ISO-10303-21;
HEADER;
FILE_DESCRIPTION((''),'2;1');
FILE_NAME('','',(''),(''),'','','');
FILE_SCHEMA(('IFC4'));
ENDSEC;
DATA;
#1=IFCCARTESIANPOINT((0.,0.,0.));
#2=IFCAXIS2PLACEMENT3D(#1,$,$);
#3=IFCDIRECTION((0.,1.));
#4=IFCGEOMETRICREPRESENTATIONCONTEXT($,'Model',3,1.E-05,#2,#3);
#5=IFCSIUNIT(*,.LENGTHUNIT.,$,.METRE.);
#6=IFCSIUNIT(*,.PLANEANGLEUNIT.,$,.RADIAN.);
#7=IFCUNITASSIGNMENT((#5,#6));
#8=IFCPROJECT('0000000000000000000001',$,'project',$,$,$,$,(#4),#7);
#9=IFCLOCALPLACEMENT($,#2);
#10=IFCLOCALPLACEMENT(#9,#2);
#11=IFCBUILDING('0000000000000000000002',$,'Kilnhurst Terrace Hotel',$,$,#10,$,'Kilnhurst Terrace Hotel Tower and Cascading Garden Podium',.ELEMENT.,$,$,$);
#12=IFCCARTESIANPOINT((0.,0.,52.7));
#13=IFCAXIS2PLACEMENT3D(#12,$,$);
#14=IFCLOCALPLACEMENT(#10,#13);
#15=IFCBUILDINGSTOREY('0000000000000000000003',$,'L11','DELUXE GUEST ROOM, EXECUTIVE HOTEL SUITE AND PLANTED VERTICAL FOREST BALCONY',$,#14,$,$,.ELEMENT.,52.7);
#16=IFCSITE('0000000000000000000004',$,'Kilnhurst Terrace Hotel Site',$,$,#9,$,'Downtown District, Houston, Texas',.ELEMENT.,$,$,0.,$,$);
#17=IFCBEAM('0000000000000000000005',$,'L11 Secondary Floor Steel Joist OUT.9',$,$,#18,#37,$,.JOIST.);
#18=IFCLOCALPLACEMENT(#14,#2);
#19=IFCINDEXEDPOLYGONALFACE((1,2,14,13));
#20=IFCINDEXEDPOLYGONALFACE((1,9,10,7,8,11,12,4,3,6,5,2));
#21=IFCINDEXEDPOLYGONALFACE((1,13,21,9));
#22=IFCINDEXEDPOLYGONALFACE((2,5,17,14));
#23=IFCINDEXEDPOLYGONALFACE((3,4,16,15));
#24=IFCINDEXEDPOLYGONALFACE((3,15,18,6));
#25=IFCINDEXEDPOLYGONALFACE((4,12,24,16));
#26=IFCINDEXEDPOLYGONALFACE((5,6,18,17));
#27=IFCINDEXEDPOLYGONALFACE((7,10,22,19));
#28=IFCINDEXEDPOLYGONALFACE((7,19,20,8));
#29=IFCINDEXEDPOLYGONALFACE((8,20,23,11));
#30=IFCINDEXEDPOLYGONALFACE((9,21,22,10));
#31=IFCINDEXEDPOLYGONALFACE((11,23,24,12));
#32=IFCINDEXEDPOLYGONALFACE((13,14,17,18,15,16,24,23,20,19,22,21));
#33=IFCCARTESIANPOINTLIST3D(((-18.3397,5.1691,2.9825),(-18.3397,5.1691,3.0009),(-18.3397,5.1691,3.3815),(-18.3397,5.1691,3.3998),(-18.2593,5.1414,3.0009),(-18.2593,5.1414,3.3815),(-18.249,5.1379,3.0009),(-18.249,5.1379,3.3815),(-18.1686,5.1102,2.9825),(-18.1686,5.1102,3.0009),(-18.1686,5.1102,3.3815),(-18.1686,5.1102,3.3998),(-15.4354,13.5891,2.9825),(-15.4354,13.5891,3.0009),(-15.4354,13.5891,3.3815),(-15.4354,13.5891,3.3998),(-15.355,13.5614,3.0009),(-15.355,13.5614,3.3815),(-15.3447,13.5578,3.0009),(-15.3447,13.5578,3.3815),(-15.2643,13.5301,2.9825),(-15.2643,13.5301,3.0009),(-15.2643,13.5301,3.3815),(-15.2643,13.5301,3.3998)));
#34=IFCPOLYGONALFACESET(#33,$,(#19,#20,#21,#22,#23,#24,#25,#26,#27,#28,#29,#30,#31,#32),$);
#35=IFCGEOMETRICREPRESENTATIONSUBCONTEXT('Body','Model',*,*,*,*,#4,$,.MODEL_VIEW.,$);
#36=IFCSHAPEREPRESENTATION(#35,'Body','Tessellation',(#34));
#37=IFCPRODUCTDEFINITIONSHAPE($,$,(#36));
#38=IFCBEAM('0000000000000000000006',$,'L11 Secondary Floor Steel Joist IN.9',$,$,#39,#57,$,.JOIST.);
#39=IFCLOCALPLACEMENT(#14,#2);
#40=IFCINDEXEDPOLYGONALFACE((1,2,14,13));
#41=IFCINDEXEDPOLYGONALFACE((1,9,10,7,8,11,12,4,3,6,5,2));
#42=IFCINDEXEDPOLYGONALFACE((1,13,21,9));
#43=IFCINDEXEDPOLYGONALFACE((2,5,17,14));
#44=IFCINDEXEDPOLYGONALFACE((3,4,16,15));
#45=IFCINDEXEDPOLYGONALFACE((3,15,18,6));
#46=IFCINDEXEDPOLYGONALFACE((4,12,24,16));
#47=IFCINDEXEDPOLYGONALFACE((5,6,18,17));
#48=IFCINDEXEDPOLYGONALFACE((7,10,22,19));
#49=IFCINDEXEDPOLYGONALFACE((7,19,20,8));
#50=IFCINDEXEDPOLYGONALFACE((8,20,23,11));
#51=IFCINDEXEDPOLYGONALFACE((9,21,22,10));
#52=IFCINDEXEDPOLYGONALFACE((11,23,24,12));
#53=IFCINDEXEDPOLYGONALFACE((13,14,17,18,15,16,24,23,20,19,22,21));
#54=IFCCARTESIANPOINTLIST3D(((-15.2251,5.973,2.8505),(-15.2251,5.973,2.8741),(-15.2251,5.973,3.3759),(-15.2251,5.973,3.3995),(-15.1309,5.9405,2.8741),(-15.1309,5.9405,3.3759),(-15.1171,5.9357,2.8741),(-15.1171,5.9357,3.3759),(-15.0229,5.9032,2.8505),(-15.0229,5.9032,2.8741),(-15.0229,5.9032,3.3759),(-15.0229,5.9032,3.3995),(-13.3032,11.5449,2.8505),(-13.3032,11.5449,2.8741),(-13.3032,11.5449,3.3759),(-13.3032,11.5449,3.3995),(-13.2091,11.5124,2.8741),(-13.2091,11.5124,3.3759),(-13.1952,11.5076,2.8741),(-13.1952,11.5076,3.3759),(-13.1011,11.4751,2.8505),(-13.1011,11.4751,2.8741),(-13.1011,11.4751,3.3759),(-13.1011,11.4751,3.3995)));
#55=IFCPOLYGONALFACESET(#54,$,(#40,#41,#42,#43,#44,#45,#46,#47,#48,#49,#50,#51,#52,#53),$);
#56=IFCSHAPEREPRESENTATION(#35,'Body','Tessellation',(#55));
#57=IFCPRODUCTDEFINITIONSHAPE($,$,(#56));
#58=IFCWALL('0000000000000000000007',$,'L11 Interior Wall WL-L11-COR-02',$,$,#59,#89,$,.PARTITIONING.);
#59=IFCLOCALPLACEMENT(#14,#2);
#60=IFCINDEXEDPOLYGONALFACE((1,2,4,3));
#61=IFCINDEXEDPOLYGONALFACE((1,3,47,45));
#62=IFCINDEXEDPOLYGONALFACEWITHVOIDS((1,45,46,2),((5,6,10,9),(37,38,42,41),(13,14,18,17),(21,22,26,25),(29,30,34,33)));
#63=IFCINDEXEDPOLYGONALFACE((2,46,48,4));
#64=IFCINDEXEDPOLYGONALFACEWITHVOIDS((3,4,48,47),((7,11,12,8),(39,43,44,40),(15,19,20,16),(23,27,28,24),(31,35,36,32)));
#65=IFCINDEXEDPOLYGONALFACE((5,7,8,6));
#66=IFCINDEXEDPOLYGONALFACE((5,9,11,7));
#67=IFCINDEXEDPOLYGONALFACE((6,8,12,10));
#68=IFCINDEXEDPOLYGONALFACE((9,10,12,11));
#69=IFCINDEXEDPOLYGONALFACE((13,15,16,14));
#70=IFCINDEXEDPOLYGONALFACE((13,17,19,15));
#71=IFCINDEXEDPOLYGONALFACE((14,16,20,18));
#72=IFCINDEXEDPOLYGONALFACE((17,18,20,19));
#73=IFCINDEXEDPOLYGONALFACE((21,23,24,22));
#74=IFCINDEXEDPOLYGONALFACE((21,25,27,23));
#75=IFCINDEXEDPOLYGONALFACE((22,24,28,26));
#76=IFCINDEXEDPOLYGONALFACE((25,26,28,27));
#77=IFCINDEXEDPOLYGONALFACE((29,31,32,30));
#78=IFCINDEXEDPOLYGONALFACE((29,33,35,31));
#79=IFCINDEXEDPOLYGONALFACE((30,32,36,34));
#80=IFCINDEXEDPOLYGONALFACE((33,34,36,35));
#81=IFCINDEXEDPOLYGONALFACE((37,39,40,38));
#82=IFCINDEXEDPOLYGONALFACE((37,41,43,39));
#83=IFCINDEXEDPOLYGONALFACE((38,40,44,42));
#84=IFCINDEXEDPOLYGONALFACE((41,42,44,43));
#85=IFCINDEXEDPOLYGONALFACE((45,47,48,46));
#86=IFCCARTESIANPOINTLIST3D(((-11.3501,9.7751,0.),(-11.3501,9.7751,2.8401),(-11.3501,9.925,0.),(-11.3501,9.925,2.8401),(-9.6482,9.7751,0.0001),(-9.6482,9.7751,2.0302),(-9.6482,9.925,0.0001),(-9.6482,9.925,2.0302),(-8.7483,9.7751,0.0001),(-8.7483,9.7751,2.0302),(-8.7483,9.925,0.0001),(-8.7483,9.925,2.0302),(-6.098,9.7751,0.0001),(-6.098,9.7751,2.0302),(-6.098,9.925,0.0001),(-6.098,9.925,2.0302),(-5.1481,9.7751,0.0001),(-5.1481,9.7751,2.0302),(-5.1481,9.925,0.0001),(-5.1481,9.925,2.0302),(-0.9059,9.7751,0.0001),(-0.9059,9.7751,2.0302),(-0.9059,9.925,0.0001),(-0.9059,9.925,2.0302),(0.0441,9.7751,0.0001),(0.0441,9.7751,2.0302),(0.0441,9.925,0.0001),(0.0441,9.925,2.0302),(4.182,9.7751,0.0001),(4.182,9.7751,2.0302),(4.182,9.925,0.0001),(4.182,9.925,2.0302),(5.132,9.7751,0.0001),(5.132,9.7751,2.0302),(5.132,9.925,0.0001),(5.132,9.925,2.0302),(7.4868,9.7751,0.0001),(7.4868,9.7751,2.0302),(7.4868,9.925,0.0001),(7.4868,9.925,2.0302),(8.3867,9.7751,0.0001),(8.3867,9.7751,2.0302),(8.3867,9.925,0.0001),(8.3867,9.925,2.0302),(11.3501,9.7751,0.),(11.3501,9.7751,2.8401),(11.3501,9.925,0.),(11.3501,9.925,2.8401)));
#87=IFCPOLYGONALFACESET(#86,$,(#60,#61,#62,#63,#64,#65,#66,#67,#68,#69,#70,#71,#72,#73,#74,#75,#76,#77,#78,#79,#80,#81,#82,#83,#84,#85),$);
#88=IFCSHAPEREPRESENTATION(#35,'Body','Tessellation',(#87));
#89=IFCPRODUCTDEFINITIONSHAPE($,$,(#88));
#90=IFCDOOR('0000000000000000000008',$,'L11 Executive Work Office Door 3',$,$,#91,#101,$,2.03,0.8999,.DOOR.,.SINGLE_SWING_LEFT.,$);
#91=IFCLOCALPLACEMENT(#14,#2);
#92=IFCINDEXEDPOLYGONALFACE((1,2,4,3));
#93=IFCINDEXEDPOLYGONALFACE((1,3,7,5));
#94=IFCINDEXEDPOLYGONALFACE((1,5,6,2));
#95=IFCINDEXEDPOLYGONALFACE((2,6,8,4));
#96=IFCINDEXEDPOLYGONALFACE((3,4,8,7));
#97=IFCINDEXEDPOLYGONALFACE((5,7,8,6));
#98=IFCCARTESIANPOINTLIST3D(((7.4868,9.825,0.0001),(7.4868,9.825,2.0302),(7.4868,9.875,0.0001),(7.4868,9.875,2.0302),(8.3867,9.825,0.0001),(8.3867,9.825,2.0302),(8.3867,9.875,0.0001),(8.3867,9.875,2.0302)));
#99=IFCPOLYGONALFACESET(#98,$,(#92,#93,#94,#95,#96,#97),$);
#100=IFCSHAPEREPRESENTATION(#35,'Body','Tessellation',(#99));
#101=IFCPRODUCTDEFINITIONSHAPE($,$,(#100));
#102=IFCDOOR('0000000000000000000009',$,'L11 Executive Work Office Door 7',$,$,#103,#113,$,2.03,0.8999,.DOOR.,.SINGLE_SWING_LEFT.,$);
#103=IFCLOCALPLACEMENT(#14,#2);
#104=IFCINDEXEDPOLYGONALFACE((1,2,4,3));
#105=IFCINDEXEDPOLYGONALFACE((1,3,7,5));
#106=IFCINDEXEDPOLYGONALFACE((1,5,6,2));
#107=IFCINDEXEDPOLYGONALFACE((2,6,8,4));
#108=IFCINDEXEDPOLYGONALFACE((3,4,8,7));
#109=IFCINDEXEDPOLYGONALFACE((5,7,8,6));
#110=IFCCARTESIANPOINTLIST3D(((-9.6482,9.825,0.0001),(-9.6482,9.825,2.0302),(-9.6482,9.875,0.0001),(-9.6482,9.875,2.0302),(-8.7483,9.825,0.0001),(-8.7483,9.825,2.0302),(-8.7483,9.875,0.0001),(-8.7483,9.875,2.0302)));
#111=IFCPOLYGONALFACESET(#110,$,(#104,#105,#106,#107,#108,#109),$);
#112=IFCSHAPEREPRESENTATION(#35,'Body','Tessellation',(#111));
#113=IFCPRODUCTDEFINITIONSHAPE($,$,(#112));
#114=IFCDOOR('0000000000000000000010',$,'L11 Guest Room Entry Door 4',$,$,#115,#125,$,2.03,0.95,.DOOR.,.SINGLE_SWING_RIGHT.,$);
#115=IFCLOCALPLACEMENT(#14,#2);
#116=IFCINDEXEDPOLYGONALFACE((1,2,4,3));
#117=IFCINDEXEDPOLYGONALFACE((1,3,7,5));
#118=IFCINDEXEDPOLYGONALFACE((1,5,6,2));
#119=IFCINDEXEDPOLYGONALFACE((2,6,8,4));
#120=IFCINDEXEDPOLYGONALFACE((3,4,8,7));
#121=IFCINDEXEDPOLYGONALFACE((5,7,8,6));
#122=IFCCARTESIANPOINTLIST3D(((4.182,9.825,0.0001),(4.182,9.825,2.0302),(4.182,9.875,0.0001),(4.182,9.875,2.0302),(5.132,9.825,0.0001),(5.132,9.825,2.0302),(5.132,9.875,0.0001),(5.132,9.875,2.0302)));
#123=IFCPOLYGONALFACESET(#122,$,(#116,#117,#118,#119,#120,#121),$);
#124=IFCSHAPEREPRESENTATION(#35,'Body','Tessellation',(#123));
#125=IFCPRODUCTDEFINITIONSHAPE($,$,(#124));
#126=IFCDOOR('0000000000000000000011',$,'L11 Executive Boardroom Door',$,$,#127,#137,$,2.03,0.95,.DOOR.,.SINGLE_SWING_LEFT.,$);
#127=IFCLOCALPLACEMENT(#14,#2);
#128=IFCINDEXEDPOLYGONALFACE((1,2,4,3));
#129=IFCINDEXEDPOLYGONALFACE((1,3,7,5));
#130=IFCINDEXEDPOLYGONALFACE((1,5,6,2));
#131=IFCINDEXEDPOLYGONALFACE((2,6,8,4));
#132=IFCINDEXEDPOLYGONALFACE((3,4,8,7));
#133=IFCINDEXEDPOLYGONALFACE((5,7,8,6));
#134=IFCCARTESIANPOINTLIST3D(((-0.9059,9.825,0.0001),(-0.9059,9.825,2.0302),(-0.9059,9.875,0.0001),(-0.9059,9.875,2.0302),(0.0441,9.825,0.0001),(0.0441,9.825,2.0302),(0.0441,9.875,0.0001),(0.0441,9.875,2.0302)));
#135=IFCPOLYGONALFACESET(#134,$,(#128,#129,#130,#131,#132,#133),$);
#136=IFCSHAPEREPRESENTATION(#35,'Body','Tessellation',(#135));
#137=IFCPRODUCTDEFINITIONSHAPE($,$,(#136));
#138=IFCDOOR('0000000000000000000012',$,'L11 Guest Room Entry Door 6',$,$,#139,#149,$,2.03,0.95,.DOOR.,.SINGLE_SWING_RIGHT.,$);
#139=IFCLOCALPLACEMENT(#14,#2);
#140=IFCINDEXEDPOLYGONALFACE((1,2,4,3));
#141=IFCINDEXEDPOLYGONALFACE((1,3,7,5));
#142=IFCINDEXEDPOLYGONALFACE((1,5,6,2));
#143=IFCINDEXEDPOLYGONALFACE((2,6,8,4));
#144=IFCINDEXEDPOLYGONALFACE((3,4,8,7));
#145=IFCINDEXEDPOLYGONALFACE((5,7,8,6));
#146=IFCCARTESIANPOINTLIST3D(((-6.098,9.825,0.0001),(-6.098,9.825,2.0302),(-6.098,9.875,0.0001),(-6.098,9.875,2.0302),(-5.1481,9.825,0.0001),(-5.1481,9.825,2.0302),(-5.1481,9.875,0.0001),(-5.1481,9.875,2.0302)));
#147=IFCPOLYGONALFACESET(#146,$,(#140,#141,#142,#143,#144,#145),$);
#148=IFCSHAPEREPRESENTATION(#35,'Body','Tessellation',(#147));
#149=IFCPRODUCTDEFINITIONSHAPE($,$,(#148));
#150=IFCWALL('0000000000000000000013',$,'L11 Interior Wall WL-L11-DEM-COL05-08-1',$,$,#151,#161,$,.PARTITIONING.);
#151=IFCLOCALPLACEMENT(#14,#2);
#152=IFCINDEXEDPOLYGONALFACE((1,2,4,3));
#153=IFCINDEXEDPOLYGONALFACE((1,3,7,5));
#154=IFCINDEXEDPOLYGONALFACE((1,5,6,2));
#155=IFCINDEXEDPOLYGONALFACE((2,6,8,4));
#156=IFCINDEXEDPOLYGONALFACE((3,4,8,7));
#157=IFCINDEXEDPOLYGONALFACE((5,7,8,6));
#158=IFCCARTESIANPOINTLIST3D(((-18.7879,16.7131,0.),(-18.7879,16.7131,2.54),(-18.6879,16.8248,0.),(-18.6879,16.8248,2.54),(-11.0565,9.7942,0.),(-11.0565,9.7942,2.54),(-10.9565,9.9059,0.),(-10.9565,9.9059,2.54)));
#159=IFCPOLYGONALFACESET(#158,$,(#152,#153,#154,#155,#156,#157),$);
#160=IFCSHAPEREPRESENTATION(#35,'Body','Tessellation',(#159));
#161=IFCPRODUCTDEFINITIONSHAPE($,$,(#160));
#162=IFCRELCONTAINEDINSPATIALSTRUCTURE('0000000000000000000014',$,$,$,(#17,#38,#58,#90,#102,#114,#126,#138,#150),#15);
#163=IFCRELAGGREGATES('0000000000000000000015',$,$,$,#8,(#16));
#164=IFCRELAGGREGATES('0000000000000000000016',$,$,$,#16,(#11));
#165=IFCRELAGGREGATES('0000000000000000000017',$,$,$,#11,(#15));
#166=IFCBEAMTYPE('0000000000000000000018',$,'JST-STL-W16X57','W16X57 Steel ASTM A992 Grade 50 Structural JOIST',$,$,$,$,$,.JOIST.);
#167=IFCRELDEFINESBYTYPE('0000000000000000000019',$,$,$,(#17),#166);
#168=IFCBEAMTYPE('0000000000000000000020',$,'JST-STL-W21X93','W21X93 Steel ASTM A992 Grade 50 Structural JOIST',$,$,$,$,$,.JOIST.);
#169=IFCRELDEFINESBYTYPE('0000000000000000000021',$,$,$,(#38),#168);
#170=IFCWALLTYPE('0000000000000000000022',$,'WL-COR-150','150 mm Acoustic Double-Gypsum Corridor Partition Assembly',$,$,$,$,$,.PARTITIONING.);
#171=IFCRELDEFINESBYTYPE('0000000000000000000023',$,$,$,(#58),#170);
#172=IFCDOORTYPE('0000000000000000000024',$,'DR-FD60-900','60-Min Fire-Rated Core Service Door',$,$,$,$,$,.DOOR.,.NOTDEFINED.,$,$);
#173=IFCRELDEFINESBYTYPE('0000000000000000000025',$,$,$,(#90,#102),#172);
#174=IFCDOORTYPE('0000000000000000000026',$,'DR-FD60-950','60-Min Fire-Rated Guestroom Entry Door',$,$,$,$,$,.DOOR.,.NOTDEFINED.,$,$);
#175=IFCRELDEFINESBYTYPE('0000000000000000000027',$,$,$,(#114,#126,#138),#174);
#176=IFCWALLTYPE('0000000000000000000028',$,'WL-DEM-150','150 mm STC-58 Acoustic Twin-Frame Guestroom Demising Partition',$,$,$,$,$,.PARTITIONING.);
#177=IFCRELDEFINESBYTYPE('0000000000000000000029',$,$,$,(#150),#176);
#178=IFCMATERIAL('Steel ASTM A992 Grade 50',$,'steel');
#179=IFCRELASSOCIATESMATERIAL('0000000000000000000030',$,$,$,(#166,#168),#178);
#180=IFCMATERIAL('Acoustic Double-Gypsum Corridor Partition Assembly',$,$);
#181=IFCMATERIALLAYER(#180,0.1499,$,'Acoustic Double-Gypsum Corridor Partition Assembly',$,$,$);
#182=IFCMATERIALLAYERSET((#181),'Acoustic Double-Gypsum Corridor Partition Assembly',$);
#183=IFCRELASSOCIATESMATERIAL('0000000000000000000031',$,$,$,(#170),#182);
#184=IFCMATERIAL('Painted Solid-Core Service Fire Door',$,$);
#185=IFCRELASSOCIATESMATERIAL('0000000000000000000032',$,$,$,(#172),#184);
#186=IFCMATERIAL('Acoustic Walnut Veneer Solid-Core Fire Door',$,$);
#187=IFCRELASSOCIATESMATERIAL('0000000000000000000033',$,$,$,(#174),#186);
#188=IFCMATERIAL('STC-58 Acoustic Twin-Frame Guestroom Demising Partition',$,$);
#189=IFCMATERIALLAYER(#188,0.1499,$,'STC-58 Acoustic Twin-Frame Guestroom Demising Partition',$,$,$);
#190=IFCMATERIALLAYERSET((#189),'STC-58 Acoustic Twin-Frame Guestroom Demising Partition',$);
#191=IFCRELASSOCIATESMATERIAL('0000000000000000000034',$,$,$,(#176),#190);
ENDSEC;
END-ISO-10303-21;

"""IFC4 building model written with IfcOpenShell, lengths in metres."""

from ifc_helpers import new_model, si_unit, direction, frame, frame_2d, origin, origin_2d, place, context, subcontext, project, spatial, rectangle, i_section, extrude, material, layer, layer_set, material_profile, profile_set, type_object, element, fill, save


model = new_model("IFC4")

# Units and contexts
model_context = context("Model", 3, precision=1e-05, world=origin(), true_north=direction((0.0, 1.0)))
body_context = subcontext(model_context, "Body", "Model", "MODEL_VIEW")
ifc_project = project(units=[si_unit("LENGTHUNIT", "METRE"), si_unit("PLANEANGLEUNIT", "RADIAN")], contexts=[model_context])

# Site, building, storey
site_placement = place(None, origin())
site = spatial("IfcSite", under=ifc_project, at=site_placement, Name="Kilnhurst Terrace Hotel Site", LongName="Downtown District, Houston, Texas", CompositionType="ELEMENT", RefElevation=0.0)
building_placement = place(site_placement, origin())
building = spatial("IfcBuilding", under=site, at=building_placement, Name="Kilnhurst Terrace Hotel", LongName="Kilnhurst Terrace Hotel Tower and Cascading Garden Podium", CompositionType="ELEMENT")
storey_placement = place(building_placement, frame((0.0, 0.0, 52.7)))
storey = spatial("IfcBuildingStorey", under=building, at=storey_placement, Name="L11", Description="DELUXE GUEST ROOM, EXECUTIVE HOTEL SUITE AND PLANTED VERTICAL FOREST BALCONY", CompositionType="ELEMENT", Elevation=52.7)

# Beams
ifc_material_1 = material(Name="Steel ASTM A992 Grade 50", Category="steel")
ifc_material_profile_1 = material_profile(ifc_material_1, i_section(OverallWidth=0.1809, OverallDepth=0.4172, WebThickness=0.011, FlangeThickness=0.0183, at=origin_2d()), Name="W16X57")
ifc_profile_set_1 = profile_set([ifc_material_profile_1], Name="Steel ASTM A992 Grade 50")
beam_type_1 = type_object("IfcBeamType", Name="JST-STL-W16X57", Description="W16X57 Steel ASTM A992 Grade 50 Structural JOIST", PredefinedType="JOIST", material=ifc_profile_set_1)
beam_1_placement = place(storey_placement, frame((-15.3499, 13.5596, 3.1912), z_axis=(-0.326079, -0.945343, 0.0), x_axis=(0.945343, -0.326079, 0.0)))
element("IfcBeam", 1, at=beam_1_placement, inside=storey, type_object=beam_type_1, Name="L11 Secondary Floor Steel Joist OUT.9", PredefinedType="JOIST", context=body_context, shape_type="SweptSolid", body=[
    extrude(i_section(OverallWidth=0.1809, OverallDepth=0.4172, WebThickness=0.011, FlangeThickness=0.0183, at=origin_2d()), origin(), (0.0, 0.0, 1.0), 8.9067),
])
ifc_material_profile_2 = material_profile(ifc_material_1, i_section(OverallWidth=0.2139, OverallDepth=0.5491, WebThickness=0.0146, FlangeThickness=0.0237, at=origin_2d()), Name="W21X93")
ifc_profile_set_2 = profile_set([ifc_material_profile_2], Name="Steel ASTM A992 Grade 50")
beam_type_2 = type_object("IfcBeamType", Name="JST-STL-W21X93", Description="W21X93 Steel ASTM A992 Grade 50 Structural JOIST", PredefinedType="JOIST", material=ifc_profile_set_2)
beam_2_placement = place(storey_placement, frame((-13.2021, 11.51, 3.125), z_axis=(-0.326065, -0.945347, 0.0), x_axis=(0.945347, -0.326065, 0.0)))
element("IfcBeam", 2, at=beam_2_placement, inside=storey, type_object=beam_type_2, Name="L11 Secondary Floor Steel Joist IN.9", PredefinedType="JOIST", context=body_context, shape_type="SweptSolid", body=[
    extrude(i_section(OverallWidth=0.2139, OverallDepth=0.5491, WebThickness=0.0146, FlangeThickness=0.0237, at=origin_2d()), origin(), (0.0, 0.0, 1.0), 5.894),
])

# Wall, openings, doors
ifc_material_2 = material(Name="Acoustic Double-Gypsum Corridor Partition Assembly")
ifc_layer_1 = layer(ifc_material_2, 0.1499, Name="Acoustic Double-Gypsum Corridor Partition Assembly")
ifc_layer_set_1 = layer_set([ifc_layer_1], Name="Acoustic Double-Gypsum Corridor Partition Assembly")
wall_type_1 = type_object("IfcWallType", Name="WL-COR-150", Description="150 mm Acoustic Double-Gypsum Corridor Partition Assembly", PredefinedType="PARTITIONING", material=ifc_layer_set_1)
wall_1_placement = place(storey_placement, frame((-11.3501, 9.8501, 0.0), z_axis=(0.0, 0.0, 1.0), x_axis=(1.0, 0.0, 0.0)))
wall_1 = element("IfcWall", 3, at=wall_1_placement, inside=storey, type_object=wall_type_1, Name="L11 Interior Wall WL-L11-COR-02", PredefinedType="PARTITIONING", context=body_context, shape_type="SweptSolid", body=[
    extrude(rectangle(XDim=22.7002, YDim=0.1499, at=frame_2d((11.3501, 0.0))), origin(), (0.0, 0.0, 1.0), 2.8401),
])
opening_1_placement = place(wall_1_placement, frame((18.8369, 0.0, 0.0)))
opening_1 = element("IfcOpeningElement", 4, at=opening_1_placement, cuts=wall_1, PredefinedType="OPENING", context=body_context, shape_type="SweptSolid", body=[
    extrude(rectangle(XDim=0.8999, YDim=2.03, at=frame_2d((0.45, 1.0151))), frame((0.0, 0.085, 0.0), z_axis=(0.0, -1.0, 0.0), x_axis=(1.0, 0.0, 0.0)), (0.0, 0.0, 1.0), 0.1699),
])
opening_2_placement = place(wall_1_placement, frame((15.532, 0.0, 0.0)))
opening_2 = element("IfcOpeningElement", 5, at=opening_2_placement, cuts=wall_1, PredefinedType="OPENING", context=body_context, shape_type="SweptSolid", body=[
    extrude(rectangle(XDim=0.95, YDim=2.03, at=frame_2d((0.4751, 1.0151))), frame((0.0, 0.085, 0.0), z_axis=(0.0, -1.0, 0.0), x_axis=(1.0, 0.0, 0.0)), (0.0, 0.0, 1.0), 0.1699),
])
opening_3_placement = place(wall_1_placement, frame((10.4441, 0.0, 0.0)))
opening_3 = element("IfcOpeningElement", 6, at=opening_3_placement, cuts=wall_1, PredefinedType="OPENING", context=body_context, shape_type="SweptSolid", body=[
    extrude(rectangle(XDim=0.95, YDim=2.03, at=frame_2d((0.4751, 1.0151))), frame((0.0, 0.085, 0.0), z_axis=(0.0, -1.0, 0.0), x_axis=(1.0, 0.0, 0.0)), (0.0, 0.0, 1.0), 0.1699),
])
opening_4_placement = place(wall_1_placement, frame((5.252, 0.0, 0.0)))
opening_4 = element("IfcOpeningElement", 7, at=opening_4_placement, cuts=wall_1, PredefinedType="OPENING", context=body_context, shape_type="SweptSolid", body=[
    extrude(rectangle(XDim=0.95, YDim=2.03, at=frame_2d((0.4751, 1.0151))), frame((0.0, 0.085, 0.0), z_axis=(0.0, -1.0, 0.0), x_axis=(1.0, 0.0, 0.0)), (0.0, 0.0, 1.0), 0.1699),
])
opening_5_placement = place(wall_1_placement, frame((1.7019, 0.0, 0.0)))
opening_5 = element("IfcOpeningElement", 8, at=opening_5_placement, cuts=wall_1, PredefinedType="OPENING", context=body_context, shape_type="SweptSolid", body=[
    extrude(rectangle(XDim=0.8999, YDim=2.03, at=frame_2d((0.45, 1.0151))), frame((0.0, 0.085, 0.0), z_axis=(0.0, -1.0, 0.0), x_axis=(1.0, 0.0, 0.0)), (0.0, 0.0, 1.0), 0.1699),
])
ifc_material_3 = material(Name="Painted Solid-Core Service Fire Door")
door_type_1 = type_object("IfcDoorType", Name="DR-FD60-900", Description="60-Min Fire-Rated Core Service Door", OperationType="NOTDEFINED", PredefinedType="DOOR", material=ifc_material_3)
door_1_placement = place(opening_1_placement, origin())
door_1 = element("IfcDoor", 9, at=door_1_placement, inside=storey, type_object=door_type_1, Name="L11 Executive Work Office Door 3", OperationType="SINGLE_SWING_LEFT", OverallHeight=2.03, OverallWidth=0.8999, PredefinedType="DOOR", context=body_context, shape_type="SweptSolid", body=[
    extrude(rectangle(XDim=0.8999, YDim=2.03, at=frame_2d((0.45, 1.0151))), frame((0.0, 0.0249, 0.0), z_axis=(0.0, -1.0, 0.0), x_axis=(1.0, 0.0, 0.0)), (0.0, 0.0, 1.0), 0.05),
])
fill(opening_1, door_1)
door_2_placement = place(opening_5_placement, origin())
door_2 = element("IfcDoor", 10, at=door_2_placement, inside=storey, type_object=door_type_1, Name="L11 Executive Work Office Door 7", OperationType="SINGLE_SWING_LEFT", OverallHeight=2.03, OverallWidth=0.8999, PredefinedType="DOOR", context=body_context, shape_type="SweptSolid", body=[
    extrude(rectangle(XDim=0.8999, YDim=2.03, at=frame_2d((0.45, 1.0151))), frame((0.0, 0.0249, 0.0), z_axis=(0.0, -1.0, 0.0), x_axis=(1.0, 0.0, 0.0)), (0.0, 0.0, 1.0), 0.05),
])
fill(opening_5, door_2)
ifc_material_4 = material(Name="Acoustic Walnut Veneer Solid-Core Fire Door")
door_type_2 = type_object("IfcDoorType", Name="DR-FD60-950", Description="60-Min Fire-Rated Guestroom Entry Door", OperationType="NOTDEFINED", PredefinedType="DOOR", material=ifc_material_4)
door_3_placement = place(opening_2_placement, origin())
door_3 = element("IfcDoor", 11, at=door_3_placement, inside=storey, type_object=door_type_2, Name="L11 Guest Room Entry Door 4", OperationType="SINGLE_SWING_RIGHT", OverallHeight=2.03, OverallWidth=0.95, PredefinedType="DOOR", context=body_context, shape_type="SweptSolid", body=[
    extrude(rectangle(XDim=0.95, YDim=2.03, at=frame_2d((0.4751, 1.0151))), frame((0.0, 0.0249, 0.0), z_axis=(0.0, -1.0, 0.0), x_axis=(1.0, 0.0, 0.0)), (0.0, 0.0, 1.0), 0.05),
])
fill(opening_2, door_3)
door_4_placement = place(opening_3_placement, origin())
door_4 = element("IfcDoor", 12, at=door_4_placement, inside=storey, type_object=door_type_2, Name="L11 Executive Boardroom Door", OperationType="SINGLE_SWING_LEFT", OverallHeight=2.03, OverallWidth=0.95, PredefinedType="DOOR", context=body_context, shape_type="SweptSolid", body=[
    extrude(rectangle(XDim=0.95, YDim=2.03, at=frame_2d((0.4751, 1.0151))), frame((0.0, 0.0249, 0.0), z_axis=(0.0, -1.0, 0.0), x_axis=(1.0, 0.0, 0.0)), (0.0, 0.0, 1.0), 0.05),
])
fill(opening_3, door_4)
door_5_placement = place(opening_4_placement, origin())
door_5 = element("IfcDoor", 13, at=door_5_placement, inside=storey, type_object=door_type_2, Name="L11 Guest Room Entry Door 6", OperationType="SINGLE_SWING_RIGHT", OverallHeight=2.03, OverallWidth=0.95, PredefinedType="DOOR", context=body_context, shape_type="SweptSolid", body=[
    extrude(rectangle(XDim=0.95, YDim=2.03, at=frame_2d((0.4751, 1.0151))), frame((0.0, 0.0249, 0.0), z_axis=(0.0, -1.0, 0.0), x_axis=(1.0, 0.0, 0.0)), (0.0, 0.0, 1.0), 0.05),
])
fill(opening_4, door_5)

# Wall
ifc_material_5 = material(Name="STC-58 Acoustic Twin-Frame Guestroom Demising Partition")
ifc_layer_2 = layer(ifc_material_5, 0.1499, Name="STC-58 Acoustic Twin-Frame Guestroom Demising Partition")
ifc_layer_set_2 = layer_set([ifc_layer_2], Name="STC-58 Acoustic Twin-Frame Guestroom Demising Partition")
wall_type_2 = type_object("IfcWallType", Name="WL-DEM-150", Description="150 mm STC-58 Acoustic Twin-Frame Guestroom Demising Partition", PredefinedType="PARTITIONING", material=ifc_layer_set_2)
wall_2_placement = place(storey_placement, frame((-11.0066, 9.8501, 0.0), z_axis=(0.0, 0.0, 1.0), x_axis=(-0.745177, 0.666866, 0.0)))
element("IfcWall", 14, at=wall_2_placement, inside=storey, type_object=wall_type_2, Name="L11 Interior Wall WL-L11-DEM-COL05-08-1", PredefinedType="PARTITIONING", context=body_context, shape_type="SweptSolid", body=[
    extrude(rectangle(XDim=10.3752, YDim=0.1499, at=frame_2d((5.1875, 0.0))), origin(), (0.0, 0.0, 1.0), 2.54),
])

save(model, "model.ifc")
